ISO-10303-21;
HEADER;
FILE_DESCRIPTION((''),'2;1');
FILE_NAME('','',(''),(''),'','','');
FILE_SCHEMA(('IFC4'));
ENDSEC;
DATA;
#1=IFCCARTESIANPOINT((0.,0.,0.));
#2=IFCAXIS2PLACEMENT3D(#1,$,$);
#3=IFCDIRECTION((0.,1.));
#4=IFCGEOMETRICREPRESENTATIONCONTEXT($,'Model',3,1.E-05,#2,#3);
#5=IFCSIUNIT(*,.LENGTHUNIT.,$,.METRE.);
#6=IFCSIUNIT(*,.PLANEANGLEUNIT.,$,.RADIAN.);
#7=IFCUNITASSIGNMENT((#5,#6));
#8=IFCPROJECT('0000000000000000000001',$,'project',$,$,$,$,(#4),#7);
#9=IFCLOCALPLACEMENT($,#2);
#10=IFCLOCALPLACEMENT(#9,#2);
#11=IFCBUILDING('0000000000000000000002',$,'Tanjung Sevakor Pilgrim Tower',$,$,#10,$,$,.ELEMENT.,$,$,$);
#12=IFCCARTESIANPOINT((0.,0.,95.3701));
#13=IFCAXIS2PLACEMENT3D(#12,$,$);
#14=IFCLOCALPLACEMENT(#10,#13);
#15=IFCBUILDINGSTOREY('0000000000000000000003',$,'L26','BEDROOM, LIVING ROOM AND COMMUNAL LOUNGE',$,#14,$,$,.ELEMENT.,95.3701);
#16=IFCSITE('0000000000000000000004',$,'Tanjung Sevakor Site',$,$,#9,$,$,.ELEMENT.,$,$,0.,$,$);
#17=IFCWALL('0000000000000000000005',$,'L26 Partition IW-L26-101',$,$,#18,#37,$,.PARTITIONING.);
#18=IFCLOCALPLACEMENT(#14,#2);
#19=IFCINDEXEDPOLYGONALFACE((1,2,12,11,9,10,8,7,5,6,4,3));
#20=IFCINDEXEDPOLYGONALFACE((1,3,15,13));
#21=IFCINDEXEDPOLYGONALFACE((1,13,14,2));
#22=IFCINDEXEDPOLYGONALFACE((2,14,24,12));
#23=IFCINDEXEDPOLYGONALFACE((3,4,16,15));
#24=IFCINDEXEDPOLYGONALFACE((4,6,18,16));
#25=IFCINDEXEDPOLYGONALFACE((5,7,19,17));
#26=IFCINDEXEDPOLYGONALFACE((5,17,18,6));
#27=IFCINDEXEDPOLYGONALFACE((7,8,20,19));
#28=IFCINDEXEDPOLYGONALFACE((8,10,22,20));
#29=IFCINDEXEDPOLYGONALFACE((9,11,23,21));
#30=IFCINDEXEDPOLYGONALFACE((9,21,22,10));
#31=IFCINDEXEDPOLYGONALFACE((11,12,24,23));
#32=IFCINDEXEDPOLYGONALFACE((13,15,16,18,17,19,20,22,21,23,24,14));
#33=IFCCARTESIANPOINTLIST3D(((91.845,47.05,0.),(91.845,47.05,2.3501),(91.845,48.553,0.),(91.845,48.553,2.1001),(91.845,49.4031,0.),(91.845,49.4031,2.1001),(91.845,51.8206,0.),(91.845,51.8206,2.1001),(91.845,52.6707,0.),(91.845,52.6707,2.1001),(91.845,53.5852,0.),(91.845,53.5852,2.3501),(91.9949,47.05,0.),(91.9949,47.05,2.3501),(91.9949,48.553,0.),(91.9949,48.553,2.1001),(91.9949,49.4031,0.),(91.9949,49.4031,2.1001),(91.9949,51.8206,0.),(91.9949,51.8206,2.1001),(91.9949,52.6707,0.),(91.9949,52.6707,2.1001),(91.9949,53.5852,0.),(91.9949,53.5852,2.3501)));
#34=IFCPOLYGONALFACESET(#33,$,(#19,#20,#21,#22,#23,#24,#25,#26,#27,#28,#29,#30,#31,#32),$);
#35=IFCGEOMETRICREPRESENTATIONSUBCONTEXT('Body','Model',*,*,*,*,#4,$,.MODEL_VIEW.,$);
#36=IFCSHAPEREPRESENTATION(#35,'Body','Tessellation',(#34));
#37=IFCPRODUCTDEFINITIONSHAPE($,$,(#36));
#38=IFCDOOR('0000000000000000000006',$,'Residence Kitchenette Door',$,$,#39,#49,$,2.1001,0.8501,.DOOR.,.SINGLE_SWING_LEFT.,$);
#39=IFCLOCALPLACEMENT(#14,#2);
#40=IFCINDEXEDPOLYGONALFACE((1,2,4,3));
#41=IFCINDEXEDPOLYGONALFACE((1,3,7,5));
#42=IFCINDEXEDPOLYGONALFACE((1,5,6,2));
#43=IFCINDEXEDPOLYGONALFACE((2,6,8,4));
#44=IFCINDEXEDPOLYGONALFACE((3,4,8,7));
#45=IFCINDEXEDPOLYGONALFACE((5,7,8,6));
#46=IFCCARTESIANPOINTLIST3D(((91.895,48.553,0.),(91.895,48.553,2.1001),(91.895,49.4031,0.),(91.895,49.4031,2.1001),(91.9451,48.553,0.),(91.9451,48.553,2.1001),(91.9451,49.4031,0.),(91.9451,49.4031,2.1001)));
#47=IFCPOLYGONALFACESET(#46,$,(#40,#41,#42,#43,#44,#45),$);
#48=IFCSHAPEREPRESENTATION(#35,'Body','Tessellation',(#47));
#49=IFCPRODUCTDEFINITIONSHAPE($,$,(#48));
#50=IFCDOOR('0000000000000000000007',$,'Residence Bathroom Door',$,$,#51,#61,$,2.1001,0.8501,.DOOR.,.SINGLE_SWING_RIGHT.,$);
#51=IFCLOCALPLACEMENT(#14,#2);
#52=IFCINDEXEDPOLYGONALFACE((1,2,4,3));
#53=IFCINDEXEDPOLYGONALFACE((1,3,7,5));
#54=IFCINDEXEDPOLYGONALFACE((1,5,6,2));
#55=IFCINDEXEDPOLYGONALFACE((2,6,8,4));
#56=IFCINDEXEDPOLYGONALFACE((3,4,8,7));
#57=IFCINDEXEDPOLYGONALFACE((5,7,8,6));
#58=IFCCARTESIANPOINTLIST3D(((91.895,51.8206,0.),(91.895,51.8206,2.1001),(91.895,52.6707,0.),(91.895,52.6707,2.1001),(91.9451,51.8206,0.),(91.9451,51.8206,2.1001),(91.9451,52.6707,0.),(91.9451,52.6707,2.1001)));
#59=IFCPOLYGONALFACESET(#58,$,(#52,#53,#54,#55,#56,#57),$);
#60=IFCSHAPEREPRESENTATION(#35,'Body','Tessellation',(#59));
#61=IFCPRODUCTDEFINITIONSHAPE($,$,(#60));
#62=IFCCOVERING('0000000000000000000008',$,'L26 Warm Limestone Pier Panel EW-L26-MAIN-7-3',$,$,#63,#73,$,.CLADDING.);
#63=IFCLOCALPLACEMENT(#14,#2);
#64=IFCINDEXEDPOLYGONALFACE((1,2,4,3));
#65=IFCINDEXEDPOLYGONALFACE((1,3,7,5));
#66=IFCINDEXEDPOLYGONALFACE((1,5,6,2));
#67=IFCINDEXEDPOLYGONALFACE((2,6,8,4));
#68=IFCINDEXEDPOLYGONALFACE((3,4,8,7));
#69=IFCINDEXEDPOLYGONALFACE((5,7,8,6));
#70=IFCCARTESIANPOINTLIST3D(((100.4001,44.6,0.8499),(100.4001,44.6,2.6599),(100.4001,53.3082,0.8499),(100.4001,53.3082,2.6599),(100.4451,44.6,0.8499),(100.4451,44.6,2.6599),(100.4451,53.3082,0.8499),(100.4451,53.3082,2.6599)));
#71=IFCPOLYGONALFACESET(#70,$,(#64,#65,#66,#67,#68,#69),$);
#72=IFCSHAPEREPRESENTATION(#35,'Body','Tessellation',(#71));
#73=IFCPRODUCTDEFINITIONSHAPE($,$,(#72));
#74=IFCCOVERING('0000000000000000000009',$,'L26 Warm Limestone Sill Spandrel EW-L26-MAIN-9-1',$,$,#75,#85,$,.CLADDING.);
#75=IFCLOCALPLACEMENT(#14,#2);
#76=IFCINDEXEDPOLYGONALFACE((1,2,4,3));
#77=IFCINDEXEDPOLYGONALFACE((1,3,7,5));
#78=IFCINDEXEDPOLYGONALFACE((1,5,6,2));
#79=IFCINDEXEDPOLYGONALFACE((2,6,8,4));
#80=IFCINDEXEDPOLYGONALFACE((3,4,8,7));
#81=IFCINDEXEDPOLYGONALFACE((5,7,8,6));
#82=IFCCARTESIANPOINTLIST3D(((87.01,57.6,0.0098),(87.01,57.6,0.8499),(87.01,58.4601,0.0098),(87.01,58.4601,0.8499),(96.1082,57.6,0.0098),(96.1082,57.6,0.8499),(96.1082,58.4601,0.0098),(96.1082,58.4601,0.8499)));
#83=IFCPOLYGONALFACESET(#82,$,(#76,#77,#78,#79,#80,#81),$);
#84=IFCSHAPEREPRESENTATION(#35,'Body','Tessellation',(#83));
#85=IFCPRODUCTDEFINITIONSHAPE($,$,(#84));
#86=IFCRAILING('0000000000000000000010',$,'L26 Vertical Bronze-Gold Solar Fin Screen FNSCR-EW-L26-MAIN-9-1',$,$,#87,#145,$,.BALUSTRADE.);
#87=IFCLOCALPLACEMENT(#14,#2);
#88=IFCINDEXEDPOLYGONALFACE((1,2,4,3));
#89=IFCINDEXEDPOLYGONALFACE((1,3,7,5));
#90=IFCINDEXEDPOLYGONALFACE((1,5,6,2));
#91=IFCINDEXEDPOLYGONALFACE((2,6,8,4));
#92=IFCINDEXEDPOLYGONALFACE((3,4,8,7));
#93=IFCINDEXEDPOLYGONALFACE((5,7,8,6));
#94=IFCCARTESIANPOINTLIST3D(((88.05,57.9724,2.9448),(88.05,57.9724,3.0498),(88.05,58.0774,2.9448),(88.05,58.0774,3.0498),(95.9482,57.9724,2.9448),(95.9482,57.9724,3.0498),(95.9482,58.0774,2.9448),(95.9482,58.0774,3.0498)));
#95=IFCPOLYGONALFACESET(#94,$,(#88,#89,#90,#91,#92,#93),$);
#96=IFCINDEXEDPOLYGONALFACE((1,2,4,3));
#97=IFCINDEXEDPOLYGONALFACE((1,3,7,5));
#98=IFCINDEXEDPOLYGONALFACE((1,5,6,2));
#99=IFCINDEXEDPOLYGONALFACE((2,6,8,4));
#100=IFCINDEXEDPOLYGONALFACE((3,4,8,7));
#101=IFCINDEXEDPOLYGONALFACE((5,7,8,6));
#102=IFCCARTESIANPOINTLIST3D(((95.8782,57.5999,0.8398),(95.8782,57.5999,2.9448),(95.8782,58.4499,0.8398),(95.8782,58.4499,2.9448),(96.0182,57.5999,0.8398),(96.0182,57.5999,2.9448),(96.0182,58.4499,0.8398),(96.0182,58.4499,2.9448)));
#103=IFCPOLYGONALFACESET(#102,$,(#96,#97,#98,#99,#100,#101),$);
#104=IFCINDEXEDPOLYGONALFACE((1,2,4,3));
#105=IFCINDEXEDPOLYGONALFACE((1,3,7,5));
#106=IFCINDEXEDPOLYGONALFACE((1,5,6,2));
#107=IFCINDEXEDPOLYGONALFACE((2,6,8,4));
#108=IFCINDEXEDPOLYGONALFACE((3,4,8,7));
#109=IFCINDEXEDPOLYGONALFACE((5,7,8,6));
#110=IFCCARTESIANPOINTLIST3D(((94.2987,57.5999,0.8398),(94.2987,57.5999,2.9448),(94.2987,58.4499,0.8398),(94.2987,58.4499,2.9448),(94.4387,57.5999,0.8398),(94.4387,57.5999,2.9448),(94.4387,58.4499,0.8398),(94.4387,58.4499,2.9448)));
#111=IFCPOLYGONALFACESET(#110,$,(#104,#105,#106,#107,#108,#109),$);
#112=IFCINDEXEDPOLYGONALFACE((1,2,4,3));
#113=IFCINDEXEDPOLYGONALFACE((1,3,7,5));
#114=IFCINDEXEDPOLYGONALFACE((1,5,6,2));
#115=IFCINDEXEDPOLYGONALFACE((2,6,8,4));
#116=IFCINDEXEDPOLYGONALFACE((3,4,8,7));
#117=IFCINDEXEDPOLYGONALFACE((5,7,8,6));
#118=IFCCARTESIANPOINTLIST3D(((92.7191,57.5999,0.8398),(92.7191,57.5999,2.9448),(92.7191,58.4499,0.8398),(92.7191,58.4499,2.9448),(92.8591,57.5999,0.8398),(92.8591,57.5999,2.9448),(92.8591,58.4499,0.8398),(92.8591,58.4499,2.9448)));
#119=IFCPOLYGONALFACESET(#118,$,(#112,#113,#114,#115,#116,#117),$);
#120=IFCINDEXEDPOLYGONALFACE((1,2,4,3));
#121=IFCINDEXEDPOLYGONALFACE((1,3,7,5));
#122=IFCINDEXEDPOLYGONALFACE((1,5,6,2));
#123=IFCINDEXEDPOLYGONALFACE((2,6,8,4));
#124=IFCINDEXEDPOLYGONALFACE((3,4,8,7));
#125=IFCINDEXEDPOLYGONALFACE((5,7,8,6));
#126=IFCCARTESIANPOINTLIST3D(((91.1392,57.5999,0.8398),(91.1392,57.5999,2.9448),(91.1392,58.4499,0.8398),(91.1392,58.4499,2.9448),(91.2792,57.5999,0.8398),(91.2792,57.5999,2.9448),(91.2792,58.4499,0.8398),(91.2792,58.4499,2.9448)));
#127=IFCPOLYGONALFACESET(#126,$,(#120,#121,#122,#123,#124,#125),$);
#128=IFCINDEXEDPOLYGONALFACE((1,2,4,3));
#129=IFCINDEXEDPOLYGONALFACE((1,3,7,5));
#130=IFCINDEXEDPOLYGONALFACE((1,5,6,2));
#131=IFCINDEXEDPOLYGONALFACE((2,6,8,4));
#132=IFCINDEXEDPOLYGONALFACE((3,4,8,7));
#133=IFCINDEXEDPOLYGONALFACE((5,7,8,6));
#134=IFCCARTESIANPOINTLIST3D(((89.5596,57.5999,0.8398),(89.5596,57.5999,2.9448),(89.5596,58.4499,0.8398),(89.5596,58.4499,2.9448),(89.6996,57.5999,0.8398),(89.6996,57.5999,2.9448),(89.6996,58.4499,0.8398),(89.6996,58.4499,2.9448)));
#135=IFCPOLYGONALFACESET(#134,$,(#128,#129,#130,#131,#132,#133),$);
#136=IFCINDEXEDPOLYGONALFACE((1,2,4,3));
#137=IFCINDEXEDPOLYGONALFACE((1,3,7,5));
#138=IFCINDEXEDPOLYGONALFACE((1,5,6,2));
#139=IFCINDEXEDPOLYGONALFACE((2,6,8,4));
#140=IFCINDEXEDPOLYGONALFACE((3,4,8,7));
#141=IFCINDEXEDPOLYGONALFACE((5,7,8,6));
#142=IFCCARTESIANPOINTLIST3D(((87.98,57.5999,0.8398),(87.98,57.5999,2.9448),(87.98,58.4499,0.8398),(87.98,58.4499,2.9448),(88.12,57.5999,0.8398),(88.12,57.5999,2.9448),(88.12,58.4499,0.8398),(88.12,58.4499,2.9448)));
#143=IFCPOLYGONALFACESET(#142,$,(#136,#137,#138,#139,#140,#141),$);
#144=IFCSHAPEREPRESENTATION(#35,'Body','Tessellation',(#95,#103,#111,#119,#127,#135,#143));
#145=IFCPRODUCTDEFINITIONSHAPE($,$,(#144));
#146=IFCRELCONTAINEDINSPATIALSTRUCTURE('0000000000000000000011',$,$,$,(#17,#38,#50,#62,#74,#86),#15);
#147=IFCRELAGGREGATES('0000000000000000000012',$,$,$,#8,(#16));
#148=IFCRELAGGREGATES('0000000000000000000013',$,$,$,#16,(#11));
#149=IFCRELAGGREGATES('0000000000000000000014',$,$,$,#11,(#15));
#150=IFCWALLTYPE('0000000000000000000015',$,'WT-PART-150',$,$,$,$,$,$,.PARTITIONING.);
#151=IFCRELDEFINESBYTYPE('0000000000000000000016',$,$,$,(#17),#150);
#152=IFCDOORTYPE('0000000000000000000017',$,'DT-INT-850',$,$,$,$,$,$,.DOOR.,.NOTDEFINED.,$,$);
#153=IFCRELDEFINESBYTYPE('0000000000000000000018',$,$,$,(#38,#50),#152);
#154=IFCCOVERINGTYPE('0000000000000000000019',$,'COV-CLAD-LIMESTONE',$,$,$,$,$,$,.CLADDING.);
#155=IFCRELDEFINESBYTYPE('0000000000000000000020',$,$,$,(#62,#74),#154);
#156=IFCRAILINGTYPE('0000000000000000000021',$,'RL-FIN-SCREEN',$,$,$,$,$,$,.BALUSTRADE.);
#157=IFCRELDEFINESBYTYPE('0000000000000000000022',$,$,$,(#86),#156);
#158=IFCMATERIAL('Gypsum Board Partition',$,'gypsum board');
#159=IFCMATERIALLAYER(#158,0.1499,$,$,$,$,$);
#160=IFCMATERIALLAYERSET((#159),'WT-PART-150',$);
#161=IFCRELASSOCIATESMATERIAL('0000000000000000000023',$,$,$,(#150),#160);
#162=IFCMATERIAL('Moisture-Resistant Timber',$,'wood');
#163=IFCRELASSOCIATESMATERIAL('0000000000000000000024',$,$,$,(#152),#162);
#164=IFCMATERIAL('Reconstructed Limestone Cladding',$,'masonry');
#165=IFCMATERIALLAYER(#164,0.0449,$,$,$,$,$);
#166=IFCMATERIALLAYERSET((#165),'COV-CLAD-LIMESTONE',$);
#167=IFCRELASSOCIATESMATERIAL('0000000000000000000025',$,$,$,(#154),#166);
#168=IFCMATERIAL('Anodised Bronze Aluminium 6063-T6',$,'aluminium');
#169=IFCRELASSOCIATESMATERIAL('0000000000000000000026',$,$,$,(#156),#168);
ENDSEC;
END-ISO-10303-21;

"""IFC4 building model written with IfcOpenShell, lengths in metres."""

from ifc_helpers import new_model, si_unit, direction, frame, frame_2d, origin, origin_2d, place, context, subcontext, project, spatial, rectangle, extrude, material, layer, layer_set, type_object, element, fill, save


model = new_model("IFC4")

# Units and contexts
model_context = context("Model", 3, precision=1e-05, world=origin(), true_north=direction((0.0, 1.0)))
body_context = subcontext(model_context, "Body", "Model", "MODEL_VIEW")
ifc_project = project(units=[si_unit("LENGTHUNIT", "METRE"), si_unit("PLANEANGLEUNIT", "RADIAN")], contexts=[model_context])

# Site, building, storey
site_placement = place(None, origin())
site = spatial("IfcSite", under=ifc_project, at=site_placement, Name="Tanjung Sevakor Site", CompositionType="ELEMENT", RefElevation=0.0)
building_placement = place(site_placement, origin())
building = spatial("IfcBuilding", under=site, at=building_placement, Name="Tanjung Sevakor Pilgrim Tower", CompositionType="ELEMENT")
storey_placement = place(building_placement, frame((0.0, 0.0, 95.3701)))
storey = spatial("IfcBuildingStorey", under=building, at=storey_placement, Name="L26", Description="BEDROOM, LIVING ROOM AND COMMUNAL LOUNGE", CompositionType="ELEMENT", Elevation=95.3701)

# Wall, openings, doors
ifc_material_1 = material(Name="Gypsum Board Partition", Category="gypsum board")
ifc_layer_1 = layer(ifc_material_1, 0.1499)
ifc_layer_set_1 = layer_set([ifc_layer_1], Name="WT-PART-150")
wall_type_1 = type_object("IfcWallType", Name="WT-PART-150", PredefinedType="PARTITIONING", material=ifc_layer_set_1)
wall_1_placement = place(storey_placement, frame((91.9199, 47.05, 0.0), z_axis=(0.0, 0.0, 1.0), x_axis=(0.0, 1.0, 0.0)))
wall_1 = element("IfcWall", 1, at=wall_1_placement, inside=storey, type_object=wall_type_1, Name="L26 Partition IW-L26-101", PredefinedType="PARTITIONING", context=body_context, shape_type="SweptSolid", body=[
    extrude(rectangle(XDim=6.5352, YDim=0.1499, at=frame_2d((3.2676, 0.0))), origin(), (0.0, 0.0, 1.0), 2.3501),
])
opening_1_placement = place(wall_1_placement, frame((1.5029, 0.0, 0.0)))
opening_1 = element("IfcOpeningElement", 2, at=opening_1_placement, cuts=wall_1, PredefinedType="OPENING", context=body_context, shape_type="SweptSolid", body=[
    extrude(rectangle(XDim=0.8501, YDim=2.1001, at=frame_2d((0.425, 1.05))), frame((0.0, 0.085, 0.0), z_axis=(0.0, -1.0, 0.0), x_axis=(1.0, 0.0, 0.0)), (0.0, 0.0, 1.0), 0.1699),
])
opening_2_placement = place(wall_1_placement, frame((4.7705, 0.0, 0.0)))
opening_2 = element("IfcOpeningElement", 3, at=opening_2_placement, cuts=wall_1, PredefinedType="OPENING", context=body_context, shape_type="SweptSolid", body=[
    extrude(rectangle(XDim=0.8501, YDim=2.1001, at=frame_2d((0.425, 1.05))), frame((0.0, 0.085, 0.0), z_axis=(0.0, -1.0, 0.0), x_axis=(1.0, 0.0, 0.0)), (0.0, 0.0, 1.0), 0.1699),
])
ifc_material_2 = material(Name="Moisture-Resistant Timber", Category="wood")
door_type_1 = type_object("IfcDoorType", Name="DT-INT-850", OperationType="NOTDEFINED", PredefinedType="DOOR", material=ifc_material_2)
door_1_placement = place(opening_1_placement, origin())
door_1 = element("IfcDoor", 4, at=door_1_placement, inside=storey, type_object=door_type_1, Name="Residence Kitchenette Door", OperationType="SINGLE_SWING_LEFT", OverallHeight=2.1001, OverallWidth=0.8501, PredefinedType="DOOR", context=body_context, shape_type="SweptSolid", body=[
    extrude(rectangle(XDim=0.8501, YDim=2.1001, at=frame_2d((0.425, 1.05))), frame((0.0, 0.0249, 0.0), z_axis=(0.0, -1.0, 0.0), x_axis=(1.0, 0.0, 0.0)), (0.0, 0.0, 1.0), 0.05),
])
fill(opening_1, door_1)
door_2_placement = place(opening_2_placement, origin())
door_2 = element("IfcDoor", 5, at=door_2_placement, inside=storey, type_object=door_type_1, Name="Residence Bathroom Door", OperationType="SINGLE_SWING_RIGHT", OverallHeight=2.1001, OverallWidth=0.8501, PredefinedType="DOOR", context=body_context, shape_type="SweptSolid", body=[
    extrude(rectangle(XDim=0.8501, YDim=2.1001, at=frame_2d((0.425, 1.05))), frame((0.0, 0.0249, 0.0), z_axis=(0.0, -1.0, 0.0), x_axis=(1.0, 0.0, 0.0)), (0.0, 0.0, 1.0), 0.05),
])
fill(opening_2, door_2)

# Coverings
ifc_material_3 = material(Name="Reconstructed Limestone Cladding", Category="masonry")
ifc_layer_2 = layer(ifc_material_3, 0.0449)
ifc_layer_set_2 = layer_set([ifc_layer_2], Name="COV-CLAD-LIMESTONE")
covering_type = type_object("IfcCoveringType", Name="COV-CLAD-LIMESTONE", PredefinedType="CLADDING", material=ifc_layer_set_2)
covering_1_placement = place(storey_placement, frame((100.4226, 48.9541, 0.8499), z_axis=(0.0, 0.0, 1.0), x_axis=(0.0, 1.0, 0.0)))
element("IfcCovering", 6, at=covering_1_placement, inside=storey, type_object=covering_type, Name="L26 Warm Limestone Pier Panel EW-L26-MAIN-7-3", PredefinedType="CLADDING", context=body_context, shape_type="SweptSolid", body=[
    extrude(rectangle(XDim=8.7083, YDim=0.0449, at=origin_2d()), origin(), (0.0, 0.0, 1.0), 1.8101),
])
covering_2_placement = place(storey_placement, frame((91.5591, 58.03, 0.0098), z_axis=(0.0, 0.0, 1.0), x_axis=(-1.0, 0.0, 0.0)))
element("IfcCovering", 7, at=covering_2_placement, inside=storey, type_object=covering_type, Name="L26 Warm Limestone Sill Spandrel EW-L26-MAIN-9-1", PredefinedType="CLADDING", context=body_context, shape_type="SweptSolid", body=[
    extrude(rectangle(XDim=9.0981, YDim=0.8601, at=origin_2d()), origin(), (0.0, 0.0, 1.0), 0.8401),
])

# Railing
ifc_material_4 = material(Name="Anodised Bronze Aluminium 6063-T6", Category="aluminium")
railing_type = type_object("IfcRailingType", Name="RL-FIN-SCREEN", PredefinedType="BALUSTRADE", material=ifc_material_4)
railing_placement = place(storey_placement, frame((95.9482, 58.0249, 0.8398)))
element("IfcRailing", 8, at=railing_placement, inside=storey, type_object=railing_type, Name="L26 Vertical Bronze-Gold Solar Fin Screen FNSCR-EW-L26-MAIN-9-1", PredefinedType="BALUSTRADE", context=body_context, shape_type="SweptSolid", body=[
    extrude(rectangle(XDim=0.105, YDim=0.105), frame((0.0, 0.0, 2.1575), z_axis=(-1.0, 0.0, 0.0), x_axis=(0.0, -1.0, 0.0)), (0.0, 0.0, 1.0), 7.8982),
    extrude(rectangle(XDim=0.14, YDim=0.85), origin(), (0.0, 0.0, 1.0), 2.105),
    extrude(rectangle(XDim=0.14, YDim=0.85), frame((-1.5796, 0.0, 0.0)), (0.0, 0.0, 1.0), 2.105),
    extrude(rectangle(XDim=0.14, YDim=0.85), frame((-3.1592, 0.0, 0.0)), (0.0, 0.0, 1.0), 2.105),
    extrude(rectangle(XDim=0.14, YDim=0.85), frame((-4.739, 0.0, 0.0)), (0.0, 0.0, 1.0), 2.105),
    extrude(rectangle(XDim=0.14, YDim=0.85), frame((-6.3186, 0.0, 0.0)), (0.0, 0.0, 1.0), 2.105),
    extrude(rectangle(XDim=0.14, YDim=0.85), frame((-7.8982, 0.0, 0.0)), (0.0, 0.0, 1.0), 2.105),
])

save(model, "model.ifc")
